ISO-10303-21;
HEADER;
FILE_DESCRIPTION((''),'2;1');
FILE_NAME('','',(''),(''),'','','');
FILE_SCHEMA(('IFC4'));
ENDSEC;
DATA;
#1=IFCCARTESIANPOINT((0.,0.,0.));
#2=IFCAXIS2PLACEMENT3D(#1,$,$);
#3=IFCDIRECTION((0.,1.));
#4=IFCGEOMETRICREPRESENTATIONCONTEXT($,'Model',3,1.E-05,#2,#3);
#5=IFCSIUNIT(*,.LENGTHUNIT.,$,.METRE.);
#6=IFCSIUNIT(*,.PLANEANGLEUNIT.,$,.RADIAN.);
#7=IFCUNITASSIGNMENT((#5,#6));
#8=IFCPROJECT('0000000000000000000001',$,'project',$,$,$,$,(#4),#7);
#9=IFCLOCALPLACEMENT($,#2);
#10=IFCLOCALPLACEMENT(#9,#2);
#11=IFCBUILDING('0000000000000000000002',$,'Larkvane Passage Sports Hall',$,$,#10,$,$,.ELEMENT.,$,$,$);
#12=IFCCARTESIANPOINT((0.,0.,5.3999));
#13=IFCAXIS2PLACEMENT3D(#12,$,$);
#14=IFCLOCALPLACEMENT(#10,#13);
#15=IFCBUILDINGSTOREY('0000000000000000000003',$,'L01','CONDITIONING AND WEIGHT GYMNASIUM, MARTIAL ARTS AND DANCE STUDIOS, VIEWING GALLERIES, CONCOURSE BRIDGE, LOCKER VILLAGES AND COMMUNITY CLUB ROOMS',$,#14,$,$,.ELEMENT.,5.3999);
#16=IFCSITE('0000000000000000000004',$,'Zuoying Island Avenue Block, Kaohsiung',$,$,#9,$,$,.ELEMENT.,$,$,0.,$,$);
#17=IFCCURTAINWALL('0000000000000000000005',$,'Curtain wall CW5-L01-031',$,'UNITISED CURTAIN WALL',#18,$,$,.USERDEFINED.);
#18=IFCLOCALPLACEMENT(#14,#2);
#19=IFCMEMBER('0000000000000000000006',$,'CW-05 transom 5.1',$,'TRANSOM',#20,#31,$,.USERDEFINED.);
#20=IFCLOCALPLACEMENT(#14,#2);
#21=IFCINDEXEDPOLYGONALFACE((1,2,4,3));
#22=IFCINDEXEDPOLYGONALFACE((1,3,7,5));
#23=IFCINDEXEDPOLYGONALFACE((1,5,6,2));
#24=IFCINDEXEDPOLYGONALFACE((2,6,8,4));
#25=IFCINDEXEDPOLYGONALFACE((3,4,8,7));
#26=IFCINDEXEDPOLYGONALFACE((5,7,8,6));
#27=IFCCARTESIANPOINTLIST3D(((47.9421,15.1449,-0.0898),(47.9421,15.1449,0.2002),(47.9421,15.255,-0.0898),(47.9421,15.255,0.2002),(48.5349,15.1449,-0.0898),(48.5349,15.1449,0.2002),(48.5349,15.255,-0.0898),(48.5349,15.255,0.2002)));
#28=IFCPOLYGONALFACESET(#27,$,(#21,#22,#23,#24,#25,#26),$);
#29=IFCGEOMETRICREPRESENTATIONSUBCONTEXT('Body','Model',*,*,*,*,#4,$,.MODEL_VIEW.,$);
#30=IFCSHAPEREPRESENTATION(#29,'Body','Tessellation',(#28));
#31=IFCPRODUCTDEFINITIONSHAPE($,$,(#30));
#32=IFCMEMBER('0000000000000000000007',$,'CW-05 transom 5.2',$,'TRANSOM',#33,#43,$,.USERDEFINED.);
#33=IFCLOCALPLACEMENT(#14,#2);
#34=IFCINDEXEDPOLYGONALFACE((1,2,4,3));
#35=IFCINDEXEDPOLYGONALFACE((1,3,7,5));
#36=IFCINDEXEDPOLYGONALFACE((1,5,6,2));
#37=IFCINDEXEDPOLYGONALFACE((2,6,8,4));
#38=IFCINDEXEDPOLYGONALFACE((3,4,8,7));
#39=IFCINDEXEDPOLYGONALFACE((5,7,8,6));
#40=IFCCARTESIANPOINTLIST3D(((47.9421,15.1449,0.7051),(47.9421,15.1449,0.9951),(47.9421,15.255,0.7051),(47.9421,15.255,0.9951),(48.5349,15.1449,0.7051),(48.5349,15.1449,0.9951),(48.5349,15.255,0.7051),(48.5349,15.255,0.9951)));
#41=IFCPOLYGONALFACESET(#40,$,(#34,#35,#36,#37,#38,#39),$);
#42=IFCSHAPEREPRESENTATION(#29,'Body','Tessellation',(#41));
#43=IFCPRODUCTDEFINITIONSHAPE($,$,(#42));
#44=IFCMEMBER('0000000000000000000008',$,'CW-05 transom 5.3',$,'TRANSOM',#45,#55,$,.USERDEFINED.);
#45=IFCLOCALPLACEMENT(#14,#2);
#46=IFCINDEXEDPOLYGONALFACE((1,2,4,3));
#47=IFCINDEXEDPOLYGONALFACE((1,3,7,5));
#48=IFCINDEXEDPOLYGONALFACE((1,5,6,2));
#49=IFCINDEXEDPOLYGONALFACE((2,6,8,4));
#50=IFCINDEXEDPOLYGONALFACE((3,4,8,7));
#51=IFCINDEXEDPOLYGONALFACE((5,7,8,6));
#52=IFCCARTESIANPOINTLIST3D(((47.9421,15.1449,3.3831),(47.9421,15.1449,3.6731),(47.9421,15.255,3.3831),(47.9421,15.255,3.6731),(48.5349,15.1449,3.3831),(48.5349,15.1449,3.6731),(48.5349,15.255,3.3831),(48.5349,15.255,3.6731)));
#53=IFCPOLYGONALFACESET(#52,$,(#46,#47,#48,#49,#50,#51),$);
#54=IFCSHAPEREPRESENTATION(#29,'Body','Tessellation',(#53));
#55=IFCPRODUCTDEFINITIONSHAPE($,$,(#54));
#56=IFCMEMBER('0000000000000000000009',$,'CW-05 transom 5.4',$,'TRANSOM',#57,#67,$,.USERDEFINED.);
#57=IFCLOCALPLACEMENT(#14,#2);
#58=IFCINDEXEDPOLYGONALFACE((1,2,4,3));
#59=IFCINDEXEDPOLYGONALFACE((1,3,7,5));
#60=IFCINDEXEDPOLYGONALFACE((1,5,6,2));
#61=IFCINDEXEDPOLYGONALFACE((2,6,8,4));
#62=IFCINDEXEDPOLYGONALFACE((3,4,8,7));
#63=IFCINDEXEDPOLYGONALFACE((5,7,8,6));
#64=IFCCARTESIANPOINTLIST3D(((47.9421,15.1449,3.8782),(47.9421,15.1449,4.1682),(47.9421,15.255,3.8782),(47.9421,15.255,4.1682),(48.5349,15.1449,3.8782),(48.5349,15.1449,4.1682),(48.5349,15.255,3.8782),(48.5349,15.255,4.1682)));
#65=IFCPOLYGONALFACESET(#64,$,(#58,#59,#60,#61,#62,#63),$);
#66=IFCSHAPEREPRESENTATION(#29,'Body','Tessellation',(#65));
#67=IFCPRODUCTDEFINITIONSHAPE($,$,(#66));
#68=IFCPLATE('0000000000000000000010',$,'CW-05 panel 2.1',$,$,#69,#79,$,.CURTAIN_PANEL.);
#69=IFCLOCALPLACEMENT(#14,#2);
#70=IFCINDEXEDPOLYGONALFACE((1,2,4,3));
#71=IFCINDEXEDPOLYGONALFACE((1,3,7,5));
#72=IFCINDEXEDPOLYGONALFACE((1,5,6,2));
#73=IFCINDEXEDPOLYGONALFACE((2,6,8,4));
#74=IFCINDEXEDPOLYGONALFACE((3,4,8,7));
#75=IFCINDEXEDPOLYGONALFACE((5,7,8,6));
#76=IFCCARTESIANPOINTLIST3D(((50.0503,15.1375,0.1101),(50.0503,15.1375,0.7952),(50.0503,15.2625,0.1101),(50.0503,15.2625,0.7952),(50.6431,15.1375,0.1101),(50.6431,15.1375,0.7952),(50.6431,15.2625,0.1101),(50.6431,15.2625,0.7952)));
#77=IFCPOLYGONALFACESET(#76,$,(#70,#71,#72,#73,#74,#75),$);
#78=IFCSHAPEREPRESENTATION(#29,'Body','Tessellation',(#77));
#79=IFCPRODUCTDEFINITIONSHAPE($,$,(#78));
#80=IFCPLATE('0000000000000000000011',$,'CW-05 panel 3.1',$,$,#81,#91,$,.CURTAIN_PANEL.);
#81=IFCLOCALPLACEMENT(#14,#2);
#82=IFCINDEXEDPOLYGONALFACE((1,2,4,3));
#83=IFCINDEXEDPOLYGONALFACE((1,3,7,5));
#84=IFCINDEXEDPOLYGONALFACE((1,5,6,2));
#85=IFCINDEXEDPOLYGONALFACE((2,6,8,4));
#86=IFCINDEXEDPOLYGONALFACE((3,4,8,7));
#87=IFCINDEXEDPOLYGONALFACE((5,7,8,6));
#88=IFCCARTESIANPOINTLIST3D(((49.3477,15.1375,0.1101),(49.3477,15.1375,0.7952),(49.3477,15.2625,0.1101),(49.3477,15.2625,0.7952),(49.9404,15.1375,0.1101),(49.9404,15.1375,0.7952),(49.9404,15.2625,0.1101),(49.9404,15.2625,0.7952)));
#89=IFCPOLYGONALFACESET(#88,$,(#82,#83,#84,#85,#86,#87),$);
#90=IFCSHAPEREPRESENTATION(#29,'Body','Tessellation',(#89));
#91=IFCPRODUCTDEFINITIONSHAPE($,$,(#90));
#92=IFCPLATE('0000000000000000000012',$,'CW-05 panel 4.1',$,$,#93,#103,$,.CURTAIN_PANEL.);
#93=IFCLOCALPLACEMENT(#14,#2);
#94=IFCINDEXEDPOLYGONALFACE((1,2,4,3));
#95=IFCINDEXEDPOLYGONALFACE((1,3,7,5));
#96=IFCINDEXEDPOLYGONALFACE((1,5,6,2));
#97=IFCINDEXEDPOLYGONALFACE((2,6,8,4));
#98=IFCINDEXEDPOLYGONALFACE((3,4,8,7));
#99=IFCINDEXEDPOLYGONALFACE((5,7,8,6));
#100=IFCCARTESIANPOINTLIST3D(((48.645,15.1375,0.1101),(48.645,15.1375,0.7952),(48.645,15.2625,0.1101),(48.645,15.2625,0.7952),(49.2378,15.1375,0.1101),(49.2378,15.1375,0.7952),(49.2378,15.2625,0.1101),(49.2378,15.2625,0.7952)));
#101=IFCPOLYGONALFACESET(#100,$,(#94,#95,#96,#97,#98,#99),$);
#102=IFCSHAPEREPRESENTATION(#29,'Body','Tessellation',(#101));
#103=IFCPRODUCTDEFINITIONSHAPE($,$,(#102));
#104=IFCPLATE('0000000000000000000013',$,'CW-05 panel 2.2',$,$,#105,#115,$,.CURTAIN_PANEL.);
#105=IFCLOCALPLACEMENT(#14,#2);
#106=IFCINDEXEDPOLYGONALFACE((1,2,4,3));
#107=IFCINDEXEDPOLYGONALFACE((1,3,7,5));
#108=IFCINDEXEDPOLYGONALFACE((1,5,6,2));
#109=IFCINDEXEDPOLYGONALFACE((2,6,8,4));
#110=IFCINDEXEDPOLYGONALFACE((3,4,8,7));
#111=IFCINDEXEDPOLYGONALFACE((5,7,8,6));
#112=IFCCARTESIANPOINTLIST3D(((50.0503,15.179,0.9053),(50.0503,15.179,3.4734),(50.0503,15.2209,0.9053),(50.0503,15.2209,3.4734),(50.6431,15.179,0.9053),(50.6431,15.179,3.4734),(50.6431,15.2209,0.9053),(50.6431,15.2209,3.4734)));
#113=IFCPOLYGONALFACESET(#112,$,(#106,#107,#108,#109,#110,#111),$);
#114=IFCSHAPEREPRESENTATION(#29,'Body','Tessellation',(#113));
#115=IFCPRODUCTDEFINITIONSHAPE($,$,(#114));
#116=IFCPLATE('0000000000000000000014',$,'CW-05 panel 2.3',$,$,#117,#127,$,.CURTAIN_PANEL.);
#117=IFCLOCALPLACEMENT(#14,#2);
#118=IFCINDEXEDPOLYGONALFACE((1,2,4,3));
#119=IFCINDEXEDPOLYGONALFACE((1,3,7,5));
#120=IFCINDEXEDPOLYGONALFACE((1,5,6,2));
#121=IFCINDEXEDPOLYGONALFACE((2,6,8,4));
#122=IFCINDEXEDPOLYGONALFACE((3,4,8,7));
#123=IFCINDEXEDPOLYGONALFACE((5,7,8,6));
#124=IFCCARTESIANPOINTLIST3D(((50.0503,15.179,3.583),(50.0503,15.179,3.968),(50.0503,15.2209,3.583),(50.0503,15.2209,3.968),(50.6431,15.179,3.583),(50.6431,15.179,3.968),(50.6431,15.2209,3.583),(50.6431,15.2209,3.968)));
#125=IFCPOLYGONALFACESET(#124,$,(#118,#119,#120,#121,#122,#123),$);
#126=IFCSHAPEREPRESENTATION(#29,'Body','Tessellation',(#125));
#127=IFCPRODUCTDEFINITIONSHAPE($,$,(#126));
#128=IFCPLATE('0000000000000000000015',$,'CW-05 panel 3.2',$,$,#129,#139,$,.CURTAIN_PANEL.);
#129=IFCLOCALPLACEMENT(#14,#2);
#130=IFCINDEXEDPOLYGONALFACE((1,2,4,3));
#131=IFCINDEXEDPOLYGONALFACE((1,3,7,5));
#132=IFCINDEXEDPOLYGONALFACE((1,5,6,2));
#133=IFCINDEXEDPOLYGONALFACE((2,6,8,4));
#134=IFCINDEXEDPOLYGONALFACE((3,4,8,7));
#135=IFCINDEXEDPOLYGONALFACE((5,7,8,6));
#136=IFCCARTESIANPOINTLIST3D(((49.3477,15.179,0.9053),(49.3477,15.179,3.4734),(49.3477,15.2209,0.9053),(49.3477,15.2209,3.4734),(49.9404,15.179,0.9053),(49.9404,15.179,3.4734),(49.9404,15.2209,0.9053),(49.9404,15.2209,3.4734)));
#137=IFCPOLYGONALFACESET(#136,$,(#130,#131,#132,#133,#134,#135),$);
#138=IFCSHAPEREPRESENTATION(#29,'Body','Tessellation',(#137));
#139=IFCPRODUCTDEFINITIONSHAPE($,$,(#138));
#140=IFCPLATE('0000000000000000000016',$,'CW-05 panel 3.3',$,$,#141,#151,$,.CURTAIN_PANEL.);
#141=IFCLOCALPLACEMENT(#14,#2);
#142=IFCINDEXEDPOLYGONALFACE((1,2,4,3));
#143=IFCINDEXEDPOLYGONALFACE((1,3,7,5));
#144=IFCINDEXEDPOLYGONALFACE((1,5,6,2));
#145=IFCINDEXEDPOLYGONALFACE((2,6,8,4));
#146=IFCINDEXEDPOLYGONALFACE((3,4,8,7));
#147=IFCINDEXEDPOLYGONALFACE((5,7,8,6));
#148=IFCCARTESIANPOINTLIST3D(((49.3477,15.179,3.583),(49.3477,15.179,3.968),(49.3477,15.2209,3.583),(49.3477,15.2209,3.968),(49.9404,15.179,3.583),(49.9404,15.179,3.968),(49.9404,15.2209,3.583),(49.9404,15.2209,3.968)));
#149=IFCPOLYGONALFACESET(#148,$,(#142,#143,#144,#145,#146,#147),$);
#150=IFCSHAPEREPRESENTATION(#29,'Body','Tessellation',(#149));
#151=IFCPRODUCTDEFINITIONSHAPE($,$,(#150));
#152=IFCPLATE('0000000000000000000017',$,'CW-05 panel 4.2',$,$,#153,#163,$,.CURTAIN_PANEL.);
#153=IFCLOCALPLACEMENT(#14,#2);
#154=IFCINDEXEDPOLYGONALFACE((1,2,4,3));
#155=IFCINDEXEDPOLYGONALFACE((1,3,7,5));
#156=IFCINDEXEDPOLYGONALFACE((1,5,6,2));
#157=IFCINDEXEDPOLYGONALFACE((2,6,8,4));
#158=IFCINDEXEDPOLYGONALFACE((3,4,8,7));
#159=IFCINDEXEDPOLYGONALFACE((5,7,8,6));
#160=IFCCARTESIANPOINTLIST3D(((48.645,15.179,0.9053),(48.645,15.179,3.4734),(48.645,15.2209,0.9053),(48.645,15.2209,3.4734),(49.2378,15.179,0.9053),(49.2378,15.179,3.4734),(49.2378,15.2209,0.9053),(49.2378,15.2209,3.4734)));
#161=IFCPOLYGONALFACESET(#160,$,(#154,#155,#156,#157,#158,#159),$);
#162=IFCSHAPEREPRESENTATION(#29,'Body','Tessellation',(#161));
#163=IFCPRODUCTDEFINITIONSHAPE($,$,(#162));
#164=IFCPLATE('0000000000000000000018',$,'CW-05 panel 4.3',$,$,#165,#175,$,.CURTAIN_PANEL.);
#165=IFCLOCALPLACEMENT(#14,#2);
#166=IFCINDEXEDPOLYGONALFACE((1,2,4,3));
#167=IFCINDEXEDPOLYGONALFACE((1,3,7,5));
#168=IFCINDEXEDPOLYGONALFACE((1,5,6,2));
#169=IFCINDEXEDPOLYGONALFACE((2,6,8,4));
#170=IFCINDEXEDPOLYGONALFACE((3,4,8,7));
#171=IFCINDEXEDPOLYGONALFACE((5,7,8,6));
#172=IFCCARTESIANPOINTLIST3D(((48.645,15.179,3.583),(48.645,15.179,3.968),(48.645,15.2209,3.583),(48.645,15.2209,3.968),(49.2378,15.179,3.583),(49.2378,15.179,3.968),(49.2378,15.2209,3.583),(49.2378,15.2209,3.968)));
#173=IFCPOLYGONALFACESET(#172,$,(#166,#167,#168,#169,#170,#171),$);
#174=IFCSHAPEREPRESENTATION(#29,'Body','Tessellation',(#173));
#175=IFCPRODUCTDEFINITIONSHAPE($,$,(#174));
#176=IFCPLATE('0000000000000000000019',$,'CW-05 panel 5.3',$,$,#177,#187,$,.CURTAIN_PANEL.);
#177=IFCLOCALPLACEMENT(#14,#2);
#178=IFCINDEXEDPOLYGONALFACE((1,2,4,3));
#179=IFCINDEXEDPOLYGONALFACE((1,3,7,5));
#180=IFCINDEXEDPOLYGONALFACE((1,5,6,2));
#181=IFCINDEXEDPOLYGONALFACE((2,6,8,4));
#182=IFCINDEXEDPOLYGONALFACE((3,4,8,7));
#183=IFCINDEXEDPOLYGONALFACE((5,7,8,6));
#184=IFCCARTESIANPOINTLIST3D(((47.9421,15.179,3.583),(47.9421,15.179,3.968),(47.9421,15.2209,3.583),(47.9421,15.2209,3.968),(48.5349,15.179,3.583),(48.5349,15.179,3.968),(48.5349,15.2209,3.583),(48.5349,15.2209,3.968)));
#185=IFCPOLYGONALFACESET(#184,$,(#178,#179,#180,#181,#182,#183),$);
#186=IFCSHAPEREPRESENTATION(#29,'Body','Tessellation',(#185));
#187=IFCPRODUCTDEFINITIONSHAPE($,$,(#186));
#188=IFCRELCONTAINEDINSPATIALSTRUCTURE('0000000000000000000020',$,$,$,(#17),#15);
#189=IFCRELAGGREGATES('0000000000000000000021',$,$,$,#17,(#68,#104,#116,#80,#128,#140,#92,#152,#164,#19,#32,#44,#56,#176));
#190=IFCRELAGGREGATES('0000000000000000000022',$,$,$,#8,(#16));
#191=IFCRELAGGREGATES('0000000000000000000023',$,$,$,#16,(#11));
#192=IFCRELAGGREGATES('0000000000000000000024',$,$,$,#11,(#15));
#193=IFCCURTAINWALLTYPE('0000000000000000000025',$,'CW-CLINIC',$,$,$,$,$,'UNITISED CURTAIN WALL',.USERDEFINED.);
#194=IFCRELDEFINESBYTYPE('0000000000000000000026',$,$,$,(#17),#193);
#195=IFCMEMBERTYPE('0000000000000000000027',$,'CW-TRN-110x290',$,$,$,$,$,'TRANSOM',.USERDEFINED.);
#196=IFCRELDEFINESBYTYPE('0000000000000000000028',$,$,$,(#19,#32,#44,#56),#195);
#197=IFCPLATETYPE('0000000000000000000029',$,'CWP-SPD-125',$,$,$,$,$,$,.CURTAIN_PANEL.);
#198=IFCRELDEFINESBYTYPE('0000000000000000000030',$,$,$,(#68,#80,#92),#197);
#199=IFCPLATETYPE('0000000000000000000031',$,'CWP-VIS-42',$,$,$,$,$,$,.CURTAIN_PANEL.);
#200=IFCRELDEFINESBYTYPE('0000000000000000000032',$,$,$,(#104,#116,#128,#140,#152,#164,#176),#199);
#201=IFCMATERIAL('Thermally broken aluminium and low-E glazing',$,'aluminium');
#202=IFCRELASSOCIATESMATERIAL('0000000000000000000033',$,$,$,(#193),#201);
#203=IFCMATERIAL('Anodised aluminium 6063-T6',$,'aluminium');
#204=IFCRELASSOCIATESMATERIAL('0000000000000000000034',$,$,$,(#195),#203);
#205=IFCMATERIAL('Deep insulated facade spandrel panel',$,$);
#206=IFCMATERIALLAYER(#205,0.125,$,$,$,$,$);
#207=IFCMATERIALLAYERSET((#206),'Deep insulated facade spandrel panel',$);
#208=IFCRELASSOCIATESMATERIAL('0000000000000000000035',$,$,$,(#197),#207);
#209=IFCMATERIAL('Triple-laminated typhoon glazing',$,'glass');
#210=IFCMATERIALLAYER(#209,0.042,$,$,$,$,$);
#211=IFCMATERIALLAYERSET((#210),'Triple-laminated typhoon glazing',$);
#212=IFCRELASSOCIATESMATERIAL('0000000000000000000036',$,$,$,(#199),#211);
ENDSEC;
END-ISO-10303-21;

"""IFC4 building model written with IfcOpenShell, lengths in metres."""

from ifc_helpers import new_model, si_unit, direction, frame, origin, origin_2d, place, context, subcontext, project, spatial, rectangle, extrude, material, layer, layer_set, material_profile, profile_set, type_object, element, aggregate, save


model = new_model("IFC4")

# Units and contexts
model_context = context("Model", 3, precision=1e-05, world=origin(), true_north=direction((0.0, 1.0)))
body_context = subcontext(model_context, "Body", "Model", "MODEL_VIEW")
ifc_project = project(units=[si_unit("LENGTHUNIT", "METRE"), si_unit("PLANEANGLEUNIT", "RADIAN")], contexts=[model_context])

# Site, building, storey
site_placement = place(None, origin())
site = spatial("IfcSite", under=ifc_project, at=site_placement, Name="Zuoying Island Avenue Block, Kaohsiung", CompositionType="ELEMENT", RefElevation=0.0)
building_placement = place(site_placement, origin())
building = spatial("IfcBuilding", under=site, at=building_placement, Name="Larkvane Passage Sports Hall", CompositionType="ELEMENT")
storey_placement = place(building_placement, frame((0.0, 0.0, 5.3999)))
storey = spatial("IfcBuildingStorey", under=building, at=storey_placement, Name="L01", Description="CONDITIONING AND WEIGHT GYMNASIUM, MARTIAL ARTS AND DANCE STUDIOS, VIEWING GALLERIES, CONCOURSE BRIDGE, LOCKER VILLAGES AND COMMUNITY CLUB ROOMS", CompositionType="ELEMENT", Elevation=5.3999)

# Curtain wall, members, plates
ifc_material_1 = material(Name="Thermally broken aluminium and low-E glazing", Category="aluminium")
curtain_wall_type = type_object("IfcCurtainWallType", Name="CW-CLINIC", ElementType="UNITISED CURTAIN WALL", PredefinedType="USERDEFINED", material=ifc_material_1)
curtain_wall_placement = place(storey_placement, origin())
curtain_wall = element("IfcCurtainWall", 1, at=curtain_wall_placement, inside=storey, type_object=curtain_wall_type, Name="Curtain wall CW5-L01-031", ObjectType="UNITISED CURTAIN WALL", PredefinedType="USERDEFINED")
ifc_material_2 = material(Name="Anodised aluminium 6063-T6", Category="aluminium")
ifc_material_profile_1 = material_profile(ifc_material_2, rectangle(XDim=0.1101, YDim=0.29, at=origin_2d()), Name="ALU-TRN-110x290")
ifc_profile_set_1 = profile_set([ifc_material_profile_1], Name="Anodised aluminium 6063-T6")
member_type_1 = type_object("IfcMemberType", Name="CW-TRN-110x290", ElementType="TRANSOM", PredefinedType="USERDEFINED", material=ifc_profile_set_1)
member_1_placement = place(storey_placement, frame((48.5349, 15.2, 0.0552), z_axis=(-1.0, 0.0, 0.0), x_axis=(0.0, -1.0, 0.0)))
member_1 = element("IfcMember", 2, at=member_1_placement, type_object=member_type_1, Name="CW-05 transom 5.1", ObjectType="TRANSOM", PredefinedType="USERDEFINED", context=body_context, shape_type="SweptSolid", body=[
    extrude(rectangle(XDim=0.1101, YDim=0.29, at=origin_2d()), origin(), (0.0, 0.0, 1.0), 0.5928),
])
member_2_placement = place(storey_placement, frame((48.5349, 15.2, 0.8501), z_axis=(-1.0, 0.0, 0.0), x_axis=(0.0, -1.0, 0.0)))
member_2 = element("IfcMember", 3, at=member_2_placement, type_object=member_type_1, Name="CW-05 transom 5.2", ObjectType="TRANSOM", PredefinedType="USERDEFINED", context=body_context, shape_type="SweptSolid", body=[
    extrude(rectangle(XDim=0.1101, YDim=0.29, at=origin_2d()), origin(), (0.0, 0.0, 1.0), 0.5928),
])
member_3_placement = place(storey_placement, frame((48.5349, 15.2, 3.5281), z_axis=(-1.0, 0.0, 0.0), x_axis=(0.0, -1.0, 0.0)))
member_3 = element("IfcMember", 4, at=member_3_placement, type_object=member_type_1, Name="CW-05 transom 5.3", ObjectType="TRANSOM", PredefinedType="USERDEFINED", context=body_context, shape_type="SweptSolid", body=[
    extrude(rectangle(XDim=0.1101, YDim=0.29, at=origin_2d()), origin(), (0.0, 0.0, 1.0), 0.5928),
])
member_4_placement = place(storey_placement, frame((48.5349, 15.2, 4.0232), z_axis=(-1.0, 0.0, 0.0), x_axis=(0.0, -1.0, 0.0)))
member_4 = element("IfcMember", 5, at=member_4_placement, type_object=member_type_1, Name="CW-05 transom 5.4", ObjectType="TRANSOM", PredefinedType="USERDEFINED", context=body_context, shape_type="SweptSolid", body=[
    extrude(rectangle(XDim=0.1101, YDim=0.29, at=origin_2d()), origin(), (0.0, 0.0, 1.0), 0.5928),
])
ifc_material_3 = material(Name="Deep insulated facade spandrel panel")
ifc_layer_1 = layer(ifc_material_3, 0.125)
ifc_layer_set_1 = layer_set([ifc_layer_1], Name="Deep insulated facade spandrel panel")
plate_type_1 = type_object("IfcPlateType", Name="CWP-SPD-125", PredefinedType="CURTAIN_PANEL", material=ifc_layer_set_1)
plate_1_placement = place(storey_placement, frame((50.3467, 15.2, 0.1101), z_axis=(0.0, 0.0, 1.0), x_axis=(-1.0, 0.0, 0.0)))
plate_1 = element("IfcPlate", 6, at=plate_1_placement, type_object=plate_type_1, Name="CW-05 panel 2.1", PredefinedType="CURTAIN_PANEL", context=body_context, shape_type="SweptSolid", body=[
    extrude(rectangle(XDim=0.5928, YDim=0.125, at=origin_2d()), origin(), (0.0, 0.0, 1.0), 0.6851),
])
plate_2_placement = place(storey_placement, frame((49.644, 15.2, 0.1101), z_axis=(0.0, 0.0, 1.0), x_axis=(-1.0, 0.0, 0.0)))
plate_2 = element("IfcPlate", 7, at=plate_2_placement, type_object=plate_type_1, Name="CW-05 panel 3.1", PredefinedType="CURTAIN_PANEL", context=body_context, shape_type="SweptSolid", body=[
    extrude(rectangle(XDim=0.5928, YDim=0.125, at=origin_2d()), origin(), (0.0, 0.0, 1.0), 0.6851),
])
plate_3_placement = place(storey_placement, frame((48.9414, 15.2, 0.1101), z_axis=(0.0, 0.0, 1.0), x_axis=(-1.0, 0.0, 0.0)))
plate_3 = element("IfcPlate", 8, at=plate_3_placement, type_object=plate_type_1, Name="CW-05 panel 4.1", PredefinedType="CURTAIN_PANEL", context=body_context, shape_type="SweptSolid", body=[
    extrude(rectangle(XDim=0.5928, YDim=0.125, at=origin_2d()), origin(), (0.0, 0.0, 1.0), 0.6851),
])
ifc_material_4 = material(Name="Triple-laminated typhoon glazing", Category="glass")
ifc_layer_2 = layer(ifc_material_4, 0.042)
ifc_layer_set_2 = layer_set([ifc_layer_2], Name="Triple-laminated typhoon glazing")
plate_type_2 = type_object("IfcPlateType", Name="CWP-VIS-42", PredefinedType="CURTAIN_PANEL", material=ifc_layer_set_2)
plate_4_placement = place(storey_placement, frame((50.3467, 15.2, 0.9053), z_axis=(0.0, 0.0, 1.0), x_axis=(-1.0, 0.0, 0.0)))
plate_4 = element("IfcPlate", 9, at=plate_4_placement, type_object=plate_type_2, Name="CW-05 panel 2.2", PredefinedType="CURTAIN_PANEL", context=body_context, shape_type="SweptSolid", body=[
    extrude(rectangle(XDim=0.5928, YDim=0.042, at=origin_2d()), origin(), (0.0, 0.0, 1.0), 2.5681),
])
plate_5_placement = place(storey_placement, frame((50.3467, 15.2, 3.583), z_axis=(0.0, 0.0, 1.0), x_axis=(-1.0, 0.0, 0.0)))
plate_5 = element("IfcPlate", 10, at=plate_5_placement, type_object=plate_type_2, Name="CW-05 panel 2.3", PredefinedType="CURTAIN_PANEL", context=body_context, shape_type="SweptSolid", body=[
    extrude(rectangle(XDim=0.5928, YDim=0.042, at=origin_2d()), origin(), (0.0, 0.0, 1.0), 0.385),
])
plate_6_placement = place(storey_placement, frame((49.644, 15.2, 0.9053), z_axis=(0.0, 0.0, 1.0), x_axis=(-1.0, 0.0, 0.0)))
plate_6 = element("IfcPlate", 11, at=plate_6_placement, type_object=plate_type_2, Name="CW-05 panel 3.2", PredefinedType="CURTAIN_PANEL", context=body_context, shape_type="SweptSolid", body=[
    extrude(rectangle(XDim=0.5928, YDim=0.042, at=origin_2d()), origin(), (0.0, 0.0, 1.0), 2.5681),
])
plate_7_placement = place(storey_placement, frame((49.644, 15.2, 3.583), z_axis=(0.0, 0.0, 1.0), x_axis=(-1.0, 0.0, 0.0)))
plate_7 = element("IfcPlate", 12, at=plate_7_placement, type_object=plate_type_2, Name="CW-05 panel 3.3", PredefinedType="CURTAIN_PANEL", context=body_context, shape_type="SweptSolid", body=[
    extrude(rectangle(XDim=0.5928, YDim=0.042, at=origin_2d()), origin(), (0.0, 0.0, 1.0), 0.385),
])
plate_8_placement = place(storey_placement, frame((48.9414, 15.2, 0.9053), z_axis=(0.0, 0.0, 1.0), x_axis=(-1.0, 0.0, 0.0)))
plate_8 = element("IfcPlate", 13, at=plate_8_placement, type_object=plate_type_2, Name="CW-05 panel 4.2", PredefinedType="CURTAIN_PANEL", context=body_context, shape_type="SweptSolid", body=[
    extrude(rectangle(XDim=0.5928, YDim=0.042, at=origin_2d()), origin(), (0.0, 0.0, 1.0), 2.5681),
])
plate_9_placement = place(storey_placement, frame((48.9414, 15.2, 3.583), z_axis=(0.0, 0.0, 1.0), x_axis=(-1.0, 0.0, 0.0)))
plate_9 = element("IfcPlate", 14, at=plate_9_placement, type_object=plate_type_2, Name="CW-05 panel 4.3", PredefinedType="CURTAIN_PANEL", context=body_context, shape_type="SweptSolid", body=[
    extrude(rectangle(XDim=0.5928, YDim=0.042, at=origin_2d()), origin(), (0.0, 0.0, 1.0), 0.385),
])
plate_10_placement = place(storey_placement, frame((48.2385, 15.2, 3.583), z_axis=(0.0, 0.0, 1.0), x_axis=(-1.0, 0.0, 0.0)))
plate_10 = element("IfcPlate", 15, at=plate_10_placement, type_object=plate_type_2, Name="CW-05 panel 5.3", PredefinedType="CURTAIN_PANEL", context=body_context, shape_type="SweptSolid", body=[
    extrude(rectangle(XDim=0.5928, YDim=0.042, at=origin_2d()), origin(), (0.0, 0.0, 1.0), 0.385),
])
aggregate(curtain_wall, [plate_1, plate_4, plate_5, plate_2, plate_6, plate_7, plate_3, plate_8, plate_9, member_1, member_2, member_3, member_4, plate_10])

save(model, "model.ifc")
